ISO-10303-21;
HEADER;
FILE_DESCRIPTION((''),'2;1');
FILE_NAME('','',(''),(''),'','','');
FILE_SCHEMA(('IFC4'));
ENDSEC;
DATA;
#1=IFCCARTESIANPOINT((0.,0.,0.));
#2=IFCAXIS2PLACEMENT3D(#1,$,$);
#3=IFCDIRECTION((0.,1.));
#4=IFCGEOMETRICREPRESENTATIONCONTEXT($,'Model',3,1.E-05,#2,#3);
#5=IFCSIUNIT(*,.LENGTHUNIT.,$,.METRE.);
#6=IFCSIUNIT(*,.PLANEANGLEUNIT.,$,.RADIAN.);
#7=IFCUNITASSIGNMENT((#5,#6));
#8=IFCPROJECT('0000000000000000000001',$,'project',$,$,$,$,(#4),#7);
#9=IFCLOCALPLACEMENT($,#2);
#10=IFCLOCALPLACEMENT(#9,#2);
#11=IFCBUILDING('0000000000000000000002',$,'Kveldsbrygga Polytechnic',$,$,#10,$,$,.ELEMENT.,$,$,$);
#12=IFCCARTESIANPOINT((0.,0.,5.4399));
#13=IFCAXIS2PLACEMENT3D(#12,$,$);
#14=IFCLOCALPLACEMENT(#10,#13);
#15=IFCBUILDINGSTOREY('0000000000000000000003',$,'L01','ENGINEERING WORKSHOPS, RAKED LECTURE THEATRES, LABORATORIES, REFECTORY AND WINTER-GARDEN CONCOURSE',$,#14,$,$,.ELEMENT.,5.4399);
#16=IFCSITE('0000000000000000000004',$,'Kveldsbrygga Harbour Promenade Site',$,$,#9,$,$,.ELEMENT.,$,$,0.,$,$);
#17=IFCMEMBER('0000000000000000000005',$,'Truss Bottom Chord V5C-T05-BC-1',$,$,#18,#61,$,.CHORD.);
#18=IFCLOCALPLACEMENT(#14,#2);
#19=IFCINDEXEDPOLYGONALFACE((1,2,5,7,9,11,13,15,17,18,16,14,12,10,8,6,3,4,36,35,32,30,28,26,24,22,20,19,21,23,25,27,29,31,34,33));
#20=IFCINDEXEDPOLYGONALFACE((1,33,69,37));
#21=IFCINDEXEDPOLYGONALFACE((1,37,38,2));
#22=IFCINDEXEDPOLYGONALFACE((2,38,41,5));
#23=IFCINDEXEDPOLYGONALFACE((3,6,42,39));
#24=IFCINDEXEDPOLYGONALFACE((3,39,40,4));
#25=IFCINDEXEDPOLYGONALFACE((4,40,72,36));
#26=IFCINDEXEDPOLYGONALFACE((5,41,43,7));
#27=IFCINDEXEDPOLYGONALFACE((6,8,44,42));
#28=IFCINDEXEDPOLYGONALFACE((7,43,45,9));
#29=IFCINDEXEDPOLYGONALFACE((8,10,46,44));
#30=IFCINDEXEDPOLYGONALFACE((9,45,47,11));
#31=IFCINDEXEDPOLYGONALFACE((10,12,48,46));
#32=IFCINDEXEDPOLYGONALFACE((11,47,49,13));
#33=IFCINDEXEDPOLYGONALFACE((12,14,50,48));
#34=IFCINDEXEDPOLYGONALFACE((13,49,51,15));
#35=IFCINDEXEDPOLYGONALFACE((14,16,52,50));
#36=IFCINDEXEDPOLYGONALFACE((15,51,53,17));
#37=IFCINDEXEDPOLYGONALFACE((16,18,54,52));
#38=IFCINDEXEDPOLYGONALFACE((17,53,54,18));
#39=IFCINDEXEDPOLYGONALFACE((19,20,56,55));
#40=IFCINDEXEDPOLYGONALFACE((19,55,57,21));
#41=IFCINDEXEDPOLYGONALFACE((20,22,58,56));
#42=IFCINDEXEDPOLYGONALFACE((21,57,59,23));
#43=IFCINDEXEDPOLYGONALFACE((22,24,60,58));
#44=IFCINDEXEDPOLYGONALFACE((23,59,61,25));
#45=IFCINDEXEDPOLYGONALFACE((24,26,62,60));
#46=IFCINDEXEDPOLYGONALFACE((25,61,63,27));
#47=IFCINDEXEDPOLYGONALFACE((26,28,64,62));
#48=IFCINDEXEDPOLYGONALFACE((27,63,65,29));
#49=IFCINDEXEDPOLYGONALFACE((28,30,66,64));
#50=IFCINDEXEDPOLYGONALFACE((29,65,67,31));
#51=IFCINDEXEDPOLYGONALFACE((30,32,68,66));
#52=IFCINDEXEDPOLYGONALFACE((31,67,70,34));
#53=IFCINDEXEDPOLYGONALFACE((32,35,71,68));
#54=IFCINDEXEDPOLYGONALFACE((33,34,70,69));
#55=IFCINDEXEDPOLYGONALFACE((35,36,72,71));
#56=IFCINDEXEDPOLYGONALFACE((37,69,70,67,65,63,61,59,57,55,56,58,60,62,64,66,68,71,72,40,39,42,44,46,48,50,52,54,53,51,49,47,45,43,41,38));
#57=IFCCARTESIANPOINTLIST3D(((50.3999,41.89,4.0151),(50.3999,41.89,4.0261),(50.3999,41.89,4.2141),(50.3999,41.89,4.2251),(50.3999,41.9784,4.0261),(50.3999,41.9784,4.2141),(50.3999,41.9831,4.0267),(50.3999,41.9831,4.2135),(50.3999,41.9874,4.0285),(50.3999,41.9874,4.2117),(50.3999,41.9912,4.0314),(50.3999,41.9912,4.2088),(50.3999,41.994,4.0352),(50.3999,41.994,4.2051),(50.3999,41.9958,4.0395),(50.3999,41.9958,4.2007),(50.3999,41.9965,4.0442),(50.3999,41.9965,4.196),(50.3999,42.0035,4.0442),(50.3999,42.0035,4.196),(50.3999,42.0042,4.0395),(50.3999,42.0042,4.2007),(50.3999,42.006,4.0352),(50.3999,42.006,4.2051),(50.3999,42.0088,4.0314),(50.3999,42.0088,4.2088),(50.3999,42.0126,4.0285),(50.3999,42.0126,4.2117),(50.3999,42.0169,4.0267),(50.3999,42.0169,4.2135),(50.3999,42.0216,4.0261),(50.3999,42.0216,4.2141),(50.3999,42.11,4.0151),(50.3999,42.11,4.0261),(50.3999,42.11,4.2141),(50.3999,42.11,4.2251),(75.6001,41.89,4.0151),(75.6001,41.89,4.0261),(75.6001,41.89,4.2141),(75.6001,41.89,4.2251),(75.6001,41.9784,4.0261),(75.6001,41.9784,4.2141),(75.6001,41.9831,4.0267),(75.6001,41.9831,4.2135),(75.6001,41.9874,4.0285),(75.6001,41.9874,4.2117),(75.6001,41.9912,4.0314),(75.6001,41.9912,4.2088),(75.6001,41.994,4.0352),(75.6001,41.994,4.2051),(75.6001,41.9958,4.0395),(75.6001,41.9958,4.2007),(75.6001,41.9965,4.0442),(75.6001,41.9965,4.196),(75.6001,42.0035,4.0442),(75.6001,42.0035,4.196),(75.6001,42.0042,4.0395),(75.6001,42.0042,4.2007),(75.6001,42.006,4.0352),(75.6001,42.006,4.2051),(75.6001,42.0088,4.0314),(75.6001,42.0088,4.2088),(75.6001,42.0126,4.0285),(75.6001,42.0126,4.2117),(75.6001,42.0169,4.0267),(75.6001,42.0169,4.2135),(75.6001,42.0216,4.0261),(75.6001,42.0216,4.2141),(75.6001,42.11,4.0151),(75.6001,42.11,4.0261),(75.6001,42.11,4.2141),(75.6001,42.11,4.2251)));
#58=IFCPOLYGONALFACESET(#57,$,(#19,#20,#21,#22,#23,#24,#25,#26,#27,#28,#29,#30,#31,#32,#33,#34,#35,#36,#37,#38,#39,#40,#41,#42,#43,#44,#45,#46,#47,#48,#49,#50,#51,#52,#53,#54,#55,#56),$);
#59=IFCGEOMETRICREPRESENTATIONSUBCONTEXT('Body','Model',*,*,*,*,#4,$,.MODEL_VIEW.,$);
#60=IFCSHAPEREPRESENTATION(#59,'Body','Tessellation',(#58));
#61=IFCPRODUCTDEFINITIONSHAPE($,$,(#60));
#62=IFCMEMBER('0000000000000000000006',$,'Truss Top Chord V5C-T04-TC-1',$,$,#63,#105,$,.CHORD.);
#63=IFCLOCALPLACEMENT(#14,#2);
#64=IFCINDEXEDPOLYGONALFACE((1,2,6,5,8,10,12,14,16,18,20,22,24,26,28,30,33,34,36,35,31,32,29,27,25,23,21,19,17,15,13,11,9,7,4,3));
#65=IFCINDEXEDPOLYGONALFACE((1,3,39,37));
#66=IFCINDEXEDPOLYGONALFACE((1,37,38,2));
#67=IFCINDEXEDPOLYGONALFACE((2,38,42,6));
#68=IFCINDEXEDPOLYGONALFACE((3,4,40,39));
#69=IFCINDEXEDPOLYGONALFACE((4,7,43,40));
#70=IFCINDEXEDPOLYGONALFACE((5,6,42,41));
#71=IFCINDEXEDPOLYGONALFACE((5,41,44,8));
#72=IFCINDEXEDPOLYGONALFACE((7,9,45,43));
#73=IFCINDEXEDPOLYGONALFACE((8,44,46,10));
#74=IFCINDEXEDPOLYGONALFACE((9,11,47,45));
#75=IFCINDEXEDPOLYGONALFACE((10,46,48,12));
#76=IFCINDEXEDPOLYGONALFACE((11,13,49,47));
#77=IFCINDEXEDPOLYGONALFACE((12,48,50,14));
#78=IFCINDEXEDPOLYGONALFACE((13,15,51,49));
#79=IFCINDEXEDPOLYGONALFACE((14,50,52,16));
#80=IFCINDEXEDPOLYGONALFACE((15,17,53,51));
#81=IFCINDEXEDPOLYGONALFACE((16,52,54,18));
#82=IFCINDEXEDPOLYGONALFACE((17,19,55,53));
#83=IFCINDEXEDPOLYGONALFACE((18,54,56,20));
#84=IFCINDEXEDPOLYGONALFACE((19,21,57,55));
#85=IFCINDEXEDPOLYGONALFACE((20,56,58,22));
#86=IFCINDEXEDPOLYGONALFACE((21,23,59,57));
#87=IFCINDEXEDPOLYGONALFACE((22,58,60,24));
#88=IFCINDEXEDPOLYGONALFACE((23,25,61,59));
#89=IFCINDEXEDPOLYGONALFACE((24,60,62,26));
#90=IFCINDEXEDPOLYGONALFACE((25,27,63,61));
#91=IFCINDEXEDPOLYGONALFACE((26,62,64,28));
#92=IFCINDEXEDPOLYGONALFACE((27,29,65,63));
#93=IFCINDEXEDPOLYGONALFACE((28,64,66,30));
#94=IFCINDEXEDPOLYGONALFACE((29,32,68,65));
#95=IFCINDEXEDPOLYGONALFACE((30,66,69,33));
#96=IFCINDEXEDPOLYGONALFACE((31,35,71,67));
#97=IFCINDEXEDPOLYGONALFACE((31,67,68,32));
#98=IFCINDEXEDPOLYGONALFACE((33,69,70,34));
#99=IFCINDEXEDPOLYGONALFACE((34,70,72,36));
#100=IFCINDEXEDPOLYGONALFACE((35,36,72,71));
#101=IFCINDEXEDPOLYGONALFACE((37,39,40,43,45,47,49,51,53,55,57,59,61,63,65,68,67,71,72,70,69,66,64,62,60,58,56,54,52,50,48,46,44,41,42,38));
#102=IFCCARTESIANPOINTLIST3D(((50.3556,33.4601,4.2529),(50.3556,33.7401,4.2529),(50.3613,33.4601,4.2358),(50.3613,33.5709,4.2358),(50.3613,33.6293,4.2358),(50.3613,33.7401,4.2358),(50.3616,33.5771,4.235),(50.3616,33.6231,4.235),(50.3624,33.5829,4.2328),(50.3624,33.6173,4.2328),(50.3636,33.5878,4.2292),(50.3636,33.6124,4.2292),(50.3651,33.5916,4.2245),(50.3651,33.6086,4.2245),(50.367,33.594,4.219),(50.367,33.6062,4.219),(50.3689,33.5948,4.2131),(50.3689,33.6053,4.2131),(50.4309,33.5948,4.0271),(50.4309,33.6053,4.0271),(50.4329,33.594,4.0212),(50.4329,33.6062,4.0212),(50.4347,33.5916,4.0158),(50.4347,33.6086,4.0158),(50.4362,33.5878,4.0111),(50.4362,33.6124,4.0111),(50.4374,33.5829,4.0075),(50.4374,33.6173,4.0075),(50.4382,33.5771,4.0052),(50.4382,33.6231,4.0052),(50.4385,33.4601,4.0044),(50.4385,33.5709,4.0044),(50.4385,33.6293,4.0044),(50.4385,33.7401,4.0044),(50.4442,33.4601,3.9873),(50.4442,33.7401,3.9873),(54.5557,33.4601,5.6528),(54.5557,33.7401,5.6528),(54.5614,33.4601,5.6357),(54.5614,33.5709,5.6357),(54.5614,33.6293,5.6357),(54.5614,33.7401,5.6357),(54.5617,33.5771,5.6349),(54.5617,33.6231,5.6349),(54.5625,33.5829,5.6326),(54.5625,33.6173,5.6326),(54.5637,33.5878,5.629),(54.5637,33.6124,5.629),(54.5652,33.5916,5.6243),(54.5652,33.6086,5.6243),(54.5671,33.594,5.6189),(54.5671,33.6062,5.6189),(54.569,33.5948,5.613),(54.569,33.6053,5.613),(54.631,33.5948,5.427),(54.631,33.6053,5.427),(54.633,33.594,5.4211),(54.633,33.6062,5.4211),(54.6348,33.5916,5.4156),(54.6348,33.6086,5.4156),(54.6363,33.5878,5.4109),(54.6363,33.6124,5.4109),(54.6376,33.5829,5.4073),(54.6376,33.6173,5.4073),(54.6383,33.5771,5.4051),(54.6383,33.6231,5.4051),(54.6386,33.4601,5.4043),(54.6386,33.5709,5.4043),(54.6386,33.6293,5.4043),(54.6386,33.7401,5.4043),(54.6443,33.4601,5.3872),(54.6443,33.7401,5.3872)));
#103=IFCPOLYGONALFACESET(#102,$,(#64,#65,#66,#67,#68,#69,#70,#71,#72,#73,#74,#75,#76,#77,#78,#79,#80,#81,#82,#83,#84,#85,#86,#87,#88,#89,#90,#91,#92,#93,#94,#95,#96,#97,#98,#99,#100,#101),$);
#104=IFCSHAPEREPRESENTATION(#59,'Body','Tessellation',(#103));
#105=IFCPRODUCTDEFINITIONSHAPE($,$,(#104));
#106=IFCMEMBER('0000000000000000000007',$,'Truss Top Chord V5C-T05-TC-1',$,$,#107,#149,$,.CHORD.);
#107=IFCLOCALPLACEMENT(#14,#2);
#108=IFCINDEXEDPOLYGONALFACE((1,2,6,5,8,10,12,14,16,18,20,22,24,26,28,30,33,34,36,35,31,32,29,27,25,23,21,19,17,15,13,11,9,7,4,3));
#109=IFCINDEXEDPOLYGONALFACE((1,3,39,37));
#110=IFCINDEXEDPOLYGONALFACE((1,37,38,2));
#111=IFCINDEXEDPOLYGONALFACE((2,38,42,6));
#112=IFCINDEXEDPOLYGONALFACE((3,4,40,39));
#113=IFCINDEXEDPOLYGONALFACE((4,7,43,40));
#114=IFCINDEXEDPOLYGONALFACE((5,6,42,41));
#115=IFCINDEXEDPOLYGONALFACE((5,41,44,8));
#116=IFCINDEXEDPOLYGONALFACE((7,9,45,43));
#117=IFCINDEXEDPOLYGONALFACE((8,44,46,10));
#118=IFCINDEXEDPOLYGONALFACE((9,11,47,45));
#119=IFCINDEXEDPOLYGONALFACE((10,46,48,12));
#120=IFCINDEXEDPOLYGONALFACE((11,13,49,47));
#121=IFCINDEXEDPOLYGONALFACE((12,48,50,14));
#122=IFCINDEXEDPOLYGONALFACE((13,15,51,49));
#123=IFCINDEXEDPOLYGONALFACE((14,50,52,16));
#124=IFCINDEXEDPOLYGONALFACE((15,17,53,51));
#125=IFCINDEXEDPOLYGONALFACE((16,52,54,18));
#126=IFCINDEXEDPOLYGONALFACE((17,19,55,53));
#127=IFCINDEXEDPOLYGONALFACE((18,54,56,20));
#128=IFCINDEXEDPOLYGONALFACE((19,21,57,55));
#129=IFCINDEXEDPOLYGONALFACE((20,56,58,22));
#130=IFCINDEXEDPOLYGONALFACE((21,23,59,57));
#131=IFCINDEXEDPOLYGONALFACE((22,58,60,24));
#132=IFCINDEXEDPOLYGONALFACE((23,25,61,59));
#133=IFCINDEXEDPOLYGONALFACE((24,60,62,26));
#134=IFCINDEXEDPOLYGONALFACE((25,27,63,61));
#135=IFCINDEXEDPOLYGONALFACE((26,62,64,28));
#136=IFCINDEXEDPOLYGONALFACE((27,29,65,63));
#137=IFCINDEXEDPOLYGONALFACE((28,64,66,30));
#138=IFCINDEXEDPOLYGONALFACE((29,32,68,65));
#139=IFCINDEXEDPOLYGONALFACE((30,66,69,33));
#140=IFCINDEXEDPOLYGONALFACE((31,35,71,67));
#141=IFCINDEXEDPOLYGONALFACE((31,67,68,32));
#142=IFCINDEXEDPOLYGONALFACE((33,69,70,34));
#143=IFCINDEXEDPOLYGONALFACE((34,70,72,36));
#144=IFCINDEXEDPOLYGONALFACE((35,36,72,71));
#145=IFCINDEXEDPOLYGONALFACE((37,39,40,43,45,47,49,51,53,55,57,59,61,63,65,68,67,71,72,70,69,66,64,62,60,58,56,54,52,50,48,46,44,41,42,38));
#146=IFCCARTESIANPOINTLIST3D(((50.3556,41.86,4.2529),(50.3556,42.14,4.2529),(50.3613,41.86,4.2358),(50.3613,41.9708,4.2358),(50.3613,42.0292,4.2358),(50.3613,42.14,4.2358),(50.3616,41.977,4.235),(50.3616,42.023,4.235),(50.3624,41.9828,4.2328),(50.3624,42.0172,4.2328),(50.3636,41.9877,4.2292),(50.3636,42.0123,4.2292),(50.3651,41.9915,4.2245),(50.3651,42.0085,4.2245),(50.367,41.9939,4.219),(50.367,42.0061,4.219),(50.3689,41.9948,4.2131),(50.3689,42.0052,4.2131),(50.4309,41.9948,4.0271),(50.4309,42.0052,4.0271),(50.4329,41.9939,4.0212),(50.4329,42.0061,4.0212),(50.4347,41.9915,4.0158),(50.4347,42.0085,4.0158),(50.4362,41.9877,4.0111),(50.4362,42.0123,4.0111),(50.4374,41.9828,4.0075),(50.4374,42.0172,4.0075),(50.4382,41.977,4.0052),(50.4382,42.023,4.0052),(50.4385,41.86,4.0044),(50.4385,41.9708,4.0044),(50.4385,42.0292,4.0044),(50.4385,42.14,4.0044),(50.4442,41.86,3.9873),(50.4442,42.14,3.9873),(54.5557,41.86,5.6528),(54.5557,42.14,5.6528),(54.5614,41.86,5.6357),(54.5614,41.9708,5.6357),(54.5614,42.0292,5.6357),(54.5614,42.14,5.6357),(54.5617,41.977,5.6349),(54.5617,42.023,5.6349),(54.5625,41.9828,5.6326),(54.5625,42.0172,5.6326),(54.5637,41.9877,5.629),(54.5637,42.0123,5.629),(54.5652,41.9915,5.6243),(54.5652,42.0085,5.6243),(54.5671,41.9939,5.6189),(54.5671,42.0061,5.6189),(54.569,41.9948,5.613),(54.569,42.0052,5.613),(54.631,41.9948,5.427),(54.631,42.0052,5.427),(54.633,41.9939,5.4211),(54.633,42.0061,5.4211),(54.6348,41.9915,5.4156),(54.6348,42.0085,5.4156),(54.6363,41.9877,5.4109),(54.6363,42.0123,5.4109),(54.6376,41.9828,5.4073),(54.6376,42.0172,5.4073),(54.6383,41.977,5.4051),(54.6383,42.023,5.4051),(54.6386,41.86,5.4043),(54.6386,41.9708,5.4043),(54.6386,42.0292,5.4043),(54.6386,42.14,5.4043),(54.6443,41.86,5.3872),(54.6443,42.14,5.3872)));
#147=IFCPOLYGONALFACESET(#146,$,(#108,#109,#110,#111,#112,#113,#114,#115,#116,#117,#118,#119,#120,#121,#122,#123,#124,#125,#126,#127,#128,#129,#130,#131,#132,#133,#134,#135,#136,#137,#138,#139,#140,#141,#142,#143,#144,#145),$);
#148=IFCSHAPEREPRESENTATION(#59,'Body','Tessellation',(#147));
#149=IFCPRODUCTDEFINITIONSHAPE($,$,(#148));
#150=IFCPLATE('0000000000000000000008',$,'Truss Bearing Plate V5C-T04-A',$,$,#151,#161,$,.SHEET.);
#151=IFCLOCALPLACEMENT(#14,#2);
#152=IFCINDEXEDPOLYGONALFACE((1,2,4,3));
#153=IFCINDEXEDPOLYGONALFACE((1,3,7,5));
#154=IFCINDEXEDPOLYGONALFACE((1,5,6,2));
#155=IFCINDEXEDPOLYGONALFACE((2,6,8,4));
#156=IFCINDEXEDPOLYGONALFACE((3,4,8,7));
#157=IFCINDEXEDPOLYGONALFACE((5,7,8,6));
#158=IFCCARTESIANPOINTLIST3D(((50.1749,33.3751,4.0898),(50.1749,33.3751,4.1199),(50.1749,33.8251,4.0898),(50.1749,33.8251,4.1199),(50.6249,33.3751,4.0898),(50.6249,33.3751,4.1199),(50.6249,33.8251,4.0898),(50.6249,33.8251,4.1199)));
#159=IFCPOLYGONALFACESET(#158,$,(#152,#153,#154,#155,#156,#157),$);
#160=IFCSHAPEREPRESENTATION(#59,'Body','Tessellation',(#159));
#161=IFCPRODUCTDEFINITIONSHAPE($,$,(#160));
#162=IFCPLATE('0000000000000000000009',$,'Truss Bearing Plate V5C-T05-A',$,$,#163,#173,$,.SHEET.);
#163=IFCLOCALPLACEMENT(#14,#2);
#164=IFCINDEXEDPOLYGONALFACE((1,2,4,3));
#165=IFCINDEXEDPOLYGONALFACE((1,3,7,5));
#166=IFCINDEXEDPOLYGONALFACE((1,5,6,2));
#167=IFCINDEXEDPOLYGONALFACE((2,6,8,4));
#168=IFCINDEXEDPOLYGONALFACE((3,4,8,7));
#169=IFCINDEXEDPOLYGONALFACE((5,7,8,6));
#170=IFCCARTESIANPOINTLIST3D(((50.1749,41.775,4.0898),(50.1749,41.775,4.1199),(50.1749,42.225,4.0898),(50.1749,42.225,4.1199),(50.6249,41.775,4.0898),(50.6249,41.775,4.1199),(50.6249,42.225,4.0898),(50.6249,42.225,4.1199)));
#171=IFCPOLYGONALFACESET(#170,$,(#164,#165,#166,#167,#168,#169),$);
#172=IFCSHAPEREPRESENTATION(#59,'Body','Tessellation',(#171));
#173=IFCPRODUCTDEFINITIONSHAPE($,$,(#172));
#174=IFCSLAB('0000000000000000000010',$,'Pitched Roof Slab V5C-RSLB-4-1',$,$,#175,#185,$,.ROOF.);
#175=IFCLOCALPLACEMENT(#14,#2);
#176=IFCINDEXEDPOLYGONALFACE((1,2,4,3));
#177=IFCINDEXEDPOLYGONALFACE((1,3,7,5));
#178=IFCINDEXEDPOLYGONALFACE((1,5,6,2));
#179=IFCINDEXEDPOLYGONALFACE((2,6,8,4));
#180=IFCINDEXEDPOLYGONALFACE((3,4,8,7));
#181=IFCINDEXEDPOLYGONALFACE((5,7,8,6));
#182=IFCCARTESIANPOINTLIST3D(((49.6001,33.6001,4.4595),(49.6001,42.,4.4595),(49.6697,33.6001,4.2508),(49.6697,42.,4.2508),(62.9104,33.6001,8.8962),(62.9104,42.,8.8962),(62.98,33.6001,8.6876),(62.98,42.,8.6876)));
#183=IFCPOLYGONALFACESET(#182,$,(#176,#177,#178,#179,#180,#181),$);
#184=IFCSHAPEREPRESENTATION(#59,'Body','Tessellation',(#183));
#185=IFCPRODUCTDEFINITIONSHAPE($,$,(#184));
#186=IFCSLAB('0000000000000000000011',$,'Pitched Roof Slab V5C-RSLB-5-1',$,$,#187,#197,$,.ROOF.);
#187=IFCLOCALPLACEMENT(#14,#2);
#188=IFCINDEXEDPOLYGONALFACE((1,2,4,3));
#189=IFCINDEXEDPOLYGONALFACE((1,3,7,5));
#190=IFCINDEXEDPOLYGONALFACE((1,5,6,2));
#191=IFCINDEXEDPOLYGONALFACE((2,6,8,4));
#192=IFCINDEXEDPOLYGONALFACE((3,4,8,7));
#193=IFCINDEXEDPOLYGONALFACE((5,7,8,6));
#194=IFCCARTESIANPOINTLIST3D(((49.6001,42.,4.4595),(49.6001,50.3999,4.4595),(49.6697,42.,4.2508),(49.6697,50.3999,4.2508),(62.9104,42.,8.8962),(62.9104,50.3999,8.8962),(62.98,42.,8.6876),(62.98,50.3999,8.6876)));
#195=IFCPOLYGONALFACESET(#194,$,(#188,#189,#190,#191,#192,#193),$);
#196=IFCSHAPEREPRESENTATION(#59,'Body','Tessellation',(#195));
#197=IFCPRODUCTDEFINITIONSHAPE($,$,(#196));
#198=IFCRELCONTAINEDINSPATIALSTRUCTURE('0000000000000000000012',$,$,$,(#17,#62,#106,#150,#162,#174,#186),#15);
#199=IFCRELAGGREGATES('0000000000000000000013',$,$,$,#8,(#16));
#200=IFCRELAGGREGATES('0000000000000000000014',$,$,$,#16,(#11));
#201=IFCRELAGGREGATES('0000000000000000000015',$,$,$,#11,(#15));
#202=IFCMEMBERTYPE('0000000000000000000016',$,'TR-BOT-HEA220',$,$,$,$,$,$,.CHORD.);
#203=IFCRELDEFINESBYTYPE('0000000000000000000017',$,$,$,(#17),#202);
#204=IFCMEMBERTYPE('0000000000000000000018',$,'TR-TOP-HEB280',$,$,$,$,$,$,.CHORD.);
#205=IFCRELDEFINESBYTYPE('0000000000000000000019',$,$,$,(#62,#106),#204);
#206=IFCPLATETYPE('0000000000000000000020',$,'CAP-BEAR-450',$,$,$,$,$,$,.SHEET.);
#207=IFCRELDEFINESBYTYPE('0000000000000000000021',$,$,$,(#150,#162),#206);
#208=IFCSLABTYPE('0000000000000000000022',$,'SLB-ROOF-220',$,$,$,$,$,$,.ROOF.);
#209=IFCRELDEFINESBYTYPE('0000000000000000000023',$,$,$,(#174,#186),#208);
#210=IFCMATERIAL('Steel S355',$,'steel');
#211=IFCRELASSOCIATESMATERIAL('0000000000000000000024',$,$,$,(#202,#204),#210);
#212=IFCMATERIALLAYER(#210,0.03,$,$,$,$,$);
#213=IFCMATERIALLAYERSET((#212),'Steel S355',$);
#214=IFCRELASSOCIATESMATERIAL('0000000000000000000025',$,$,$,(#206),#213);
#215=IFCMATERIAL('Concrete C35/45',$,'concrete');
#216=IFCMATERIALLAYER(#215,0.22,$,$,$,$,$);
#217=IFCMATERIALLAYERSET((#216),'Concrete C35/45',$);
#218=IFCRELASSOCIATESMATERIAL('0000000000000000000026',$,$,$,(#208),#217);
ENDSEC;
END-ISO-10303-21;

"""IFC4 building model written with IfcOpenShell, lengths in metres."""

from ifc_helpers import new_model, si_unit, direction, frame, origin, origin_2d, place, context, subcontext, project, spatial, polyline, rectangle, i_section, outline, extrude, material, layer, layer_set, material_profile, profile_set, type_object, element, save


model = new_model("IFC4")

# Units and contexts
model_context = context("Model", 3, precision=1e-05, world=origin(), true_north=direction((0.0, 1.0)))
body_context = subcontext(model_context, "Body", "Model", "MODEL_VIEW")
ifc_project = project(units=[si_unit("LENGTHUNIT", "METRE"), si_unit("PLANEANGLEUNIT", "RADIAN")], contexts=[model_context])

# Site, building, storey
site_placement = place(None, origin())
site = spatial("IfcSite", under=ifc_project, at=site_placement, Name="Kveldsbrygga Harbour Promenade Site", CompositionType="ELEMENT", RefElevation=0.0)
building_placement = place(site_placement, origin())
building = spatial("IfcBuilding", under=site, at=building_placement, Name="Kveldsbrygga Polytechnic", CompositionType="ELEMENT")
storey_placement = place(building_placement, frame((0.0, 0.0, 5.4399)))
storey = spatial("IfcBuildingStorey", under=building, at=storey_placement, Name="L01", Description="ENGINEERING WORKSHOPS, RAKED LECTURE THEATRES, LABORATORIES, REFECTORY AND WINTER-GARDEN CONCOURSE", CompositionType="ELEMENT", Elevation=5.4399)

# Shared definitions
ifc_material_1 = material(Name="Steel S355", Category="steel")

# Members
ifc_material_profile_1 = material_profile(ifc_material_1, i_section(OverallWidth=0.22, OverallDepth=0.21, WebThickness=0.0071, FlangeThickness=0.011, FilletRadius=0.0181, at=origin_2d()), Name="HEA 220")
ifc_profile_set_1 = profile_set([ifc_material_profile_1], Name="Steel S355")
member_type_1 = type_object("IfcMemberType", Name="TR-BOT-HEA220", PredefinedType="CHORD", material=ifc_profile_set_1)
for number, where, z_axis, x_axis, name in (
    (1, (50.3999, 42.0, 4.1201), (1.0, 0.0, 0.0), (0.0, 1.0, 0.0), "Truss Bottom Chord V5C-T05-BC-1"),
):
    element("IfcMember", number, at=place(storey_placement, frame(where, z_axis=z_axis, x_axis=x_axis)), inside=storey, type_object=member_type_1, Name=name, PredefinedType="CHORD", context=body_context, shape_type="SweptSolid", body=[
        extrude(i_section(OverallWidth=0.22, OverallDepth=0.21, WebThickness=0.0071, FlangeThickness=0.011, FilletRadius=0.0181, at=origin_2d()), origin(), (0.0, 0.0, 1.0), 25.2002),
    ])
ifc_material_profile_2 = material_profile(ifc_material_1, i_section(OverallWidth=0.28, OverallDepth=0.28, WebThickness=0.0105, FlangeThickness=0.0181, FilletRadius=0.0239, at=origin_2d()), Name="HEB 280")
ifc_profile_set_2 = profile_set([ifc_material_profile_2], Name="Steel S355")
member_type_2 = type_object("IfcMemberType", Name="TR-TOP-HEB280", PredefinedType="CHORD", material=ifc_profile_set_2)
for number, where, z_axis, x_axis, name in (
    (2, (50.3999, 33.6001, 4.1201), (0.948694, 0.0, 0.316195), (0.0, 1.0, 0.0), "Truss Top Chord V5C-T04-TC-1"),
    (3, (50.3999, 42.0, 4.1201), (0.948694, 0.0, 0.316195), (0.0, 1.0, 0.0), "Truss Top Chord V5C-T05-TC-1"),
):
    element("IfcMember", number, at=place(storey_placement, frame(where, z_axis=z_axis, x_axis=x_axis)), inside=storey, type_object=member_type_2, Name=name, PredefinedType="CHORD", context=body_context, shape_type="SweptSolid", body=[
        extrude(i_section(OverallWidth=0.28, OverallDepth=0.28, WebThickness=0.0105, FlangeThickness=0.0181, FilletRadius=0.0239, at=origin_2d()), origin(), (0.0, 0.0, 1.0), 4.4272),
    ])

# Plates
ifc_layer_1 = layer(ifc_material_1, 0.03)
ifc_layer_set_1 = layer_set([ifc_layer_1], Name="Steel S355")
plate_type = type_object("IfcPlateType", Name="CAP-BEAR-450", PredefinedType="SHEET", material=ifc_layer_set_1)
for number, where, z_axis, x_axis, name in (
    (4, (50.3999, 33.6001, 4.0898), (0.0, 0.0, 1.0), (1.0, 0.0, 0.0), "Truss Bearing Plate V5C-T04-A"),
    (5, (50.3999, 42.0, 4.0898), (0.0, 0.0, 1.0), (1.0, 0.0, 0.0), "Truss Bearing Plate V5C-T05-A"),
):
    element("IfcPlate", number, at=place(storey_placement, frame(where, z_axis=z_axis, x_axis=x_axis)), inside=storey, type_object=plate_type, Name=name, PredefinedType="SHEET", context=body_context, shape_type="SweptSolid", body=[
        extrude(rectangle(XDim=0.45, YDim=0.45, at=origin_2d()), origin(), (0.0, 0.0, 1.0), 0.03),
    ])

# Slabs
ifc_material_2 = material(Name="Concrete C35/45", Category="concrete")
ifc_layer_2 = layer(ifc_material_2, 0.22)
ifc_layer_set_2 = layer_set([ifc_layer_2], Name="Concrete C35/45")
slab_type = type_object("IfcSlabType", Name="SLB-ROOF-220", PredefinedType="ROOF", material=ifc_layer_set_2)
for number, where, z_axis, x_axis, name in (
    (6, (49.6001, 33.6001, 4.4595), (-0.316228, 0.0, 0.948683), (0.948683, 0.0, 0.316228), "Pitched Roof Slab V5C-RSLB-4-1"),
    (7, (49.6001, 42.0, 4.4595), (-0.316228, 0.0, 0.948683), (0.948683, 0.0, 0.316228), "Pitched Roof Slab V5C-RSLB-5-1"),
):
    element("IfcSlab", number, at=place(storey_placement, frame(where, z_axis=z_axis, x_axis=x_axis)), inside=storey, type_object=slab_type, Name=name, PredefinedType="ROOF", context=body_context, shape_type="SweptSolid", body=[
        extrude(outline(polyline([(0.0, 0.0), (14.0303, 0.0), (14.0303, 8.3999), (0.0, 8.3999), (0.0, 0.0)])), origin(), (0.0, 0.0, -1.0), 0.22),
    ])

save(model, "model.ifc")
